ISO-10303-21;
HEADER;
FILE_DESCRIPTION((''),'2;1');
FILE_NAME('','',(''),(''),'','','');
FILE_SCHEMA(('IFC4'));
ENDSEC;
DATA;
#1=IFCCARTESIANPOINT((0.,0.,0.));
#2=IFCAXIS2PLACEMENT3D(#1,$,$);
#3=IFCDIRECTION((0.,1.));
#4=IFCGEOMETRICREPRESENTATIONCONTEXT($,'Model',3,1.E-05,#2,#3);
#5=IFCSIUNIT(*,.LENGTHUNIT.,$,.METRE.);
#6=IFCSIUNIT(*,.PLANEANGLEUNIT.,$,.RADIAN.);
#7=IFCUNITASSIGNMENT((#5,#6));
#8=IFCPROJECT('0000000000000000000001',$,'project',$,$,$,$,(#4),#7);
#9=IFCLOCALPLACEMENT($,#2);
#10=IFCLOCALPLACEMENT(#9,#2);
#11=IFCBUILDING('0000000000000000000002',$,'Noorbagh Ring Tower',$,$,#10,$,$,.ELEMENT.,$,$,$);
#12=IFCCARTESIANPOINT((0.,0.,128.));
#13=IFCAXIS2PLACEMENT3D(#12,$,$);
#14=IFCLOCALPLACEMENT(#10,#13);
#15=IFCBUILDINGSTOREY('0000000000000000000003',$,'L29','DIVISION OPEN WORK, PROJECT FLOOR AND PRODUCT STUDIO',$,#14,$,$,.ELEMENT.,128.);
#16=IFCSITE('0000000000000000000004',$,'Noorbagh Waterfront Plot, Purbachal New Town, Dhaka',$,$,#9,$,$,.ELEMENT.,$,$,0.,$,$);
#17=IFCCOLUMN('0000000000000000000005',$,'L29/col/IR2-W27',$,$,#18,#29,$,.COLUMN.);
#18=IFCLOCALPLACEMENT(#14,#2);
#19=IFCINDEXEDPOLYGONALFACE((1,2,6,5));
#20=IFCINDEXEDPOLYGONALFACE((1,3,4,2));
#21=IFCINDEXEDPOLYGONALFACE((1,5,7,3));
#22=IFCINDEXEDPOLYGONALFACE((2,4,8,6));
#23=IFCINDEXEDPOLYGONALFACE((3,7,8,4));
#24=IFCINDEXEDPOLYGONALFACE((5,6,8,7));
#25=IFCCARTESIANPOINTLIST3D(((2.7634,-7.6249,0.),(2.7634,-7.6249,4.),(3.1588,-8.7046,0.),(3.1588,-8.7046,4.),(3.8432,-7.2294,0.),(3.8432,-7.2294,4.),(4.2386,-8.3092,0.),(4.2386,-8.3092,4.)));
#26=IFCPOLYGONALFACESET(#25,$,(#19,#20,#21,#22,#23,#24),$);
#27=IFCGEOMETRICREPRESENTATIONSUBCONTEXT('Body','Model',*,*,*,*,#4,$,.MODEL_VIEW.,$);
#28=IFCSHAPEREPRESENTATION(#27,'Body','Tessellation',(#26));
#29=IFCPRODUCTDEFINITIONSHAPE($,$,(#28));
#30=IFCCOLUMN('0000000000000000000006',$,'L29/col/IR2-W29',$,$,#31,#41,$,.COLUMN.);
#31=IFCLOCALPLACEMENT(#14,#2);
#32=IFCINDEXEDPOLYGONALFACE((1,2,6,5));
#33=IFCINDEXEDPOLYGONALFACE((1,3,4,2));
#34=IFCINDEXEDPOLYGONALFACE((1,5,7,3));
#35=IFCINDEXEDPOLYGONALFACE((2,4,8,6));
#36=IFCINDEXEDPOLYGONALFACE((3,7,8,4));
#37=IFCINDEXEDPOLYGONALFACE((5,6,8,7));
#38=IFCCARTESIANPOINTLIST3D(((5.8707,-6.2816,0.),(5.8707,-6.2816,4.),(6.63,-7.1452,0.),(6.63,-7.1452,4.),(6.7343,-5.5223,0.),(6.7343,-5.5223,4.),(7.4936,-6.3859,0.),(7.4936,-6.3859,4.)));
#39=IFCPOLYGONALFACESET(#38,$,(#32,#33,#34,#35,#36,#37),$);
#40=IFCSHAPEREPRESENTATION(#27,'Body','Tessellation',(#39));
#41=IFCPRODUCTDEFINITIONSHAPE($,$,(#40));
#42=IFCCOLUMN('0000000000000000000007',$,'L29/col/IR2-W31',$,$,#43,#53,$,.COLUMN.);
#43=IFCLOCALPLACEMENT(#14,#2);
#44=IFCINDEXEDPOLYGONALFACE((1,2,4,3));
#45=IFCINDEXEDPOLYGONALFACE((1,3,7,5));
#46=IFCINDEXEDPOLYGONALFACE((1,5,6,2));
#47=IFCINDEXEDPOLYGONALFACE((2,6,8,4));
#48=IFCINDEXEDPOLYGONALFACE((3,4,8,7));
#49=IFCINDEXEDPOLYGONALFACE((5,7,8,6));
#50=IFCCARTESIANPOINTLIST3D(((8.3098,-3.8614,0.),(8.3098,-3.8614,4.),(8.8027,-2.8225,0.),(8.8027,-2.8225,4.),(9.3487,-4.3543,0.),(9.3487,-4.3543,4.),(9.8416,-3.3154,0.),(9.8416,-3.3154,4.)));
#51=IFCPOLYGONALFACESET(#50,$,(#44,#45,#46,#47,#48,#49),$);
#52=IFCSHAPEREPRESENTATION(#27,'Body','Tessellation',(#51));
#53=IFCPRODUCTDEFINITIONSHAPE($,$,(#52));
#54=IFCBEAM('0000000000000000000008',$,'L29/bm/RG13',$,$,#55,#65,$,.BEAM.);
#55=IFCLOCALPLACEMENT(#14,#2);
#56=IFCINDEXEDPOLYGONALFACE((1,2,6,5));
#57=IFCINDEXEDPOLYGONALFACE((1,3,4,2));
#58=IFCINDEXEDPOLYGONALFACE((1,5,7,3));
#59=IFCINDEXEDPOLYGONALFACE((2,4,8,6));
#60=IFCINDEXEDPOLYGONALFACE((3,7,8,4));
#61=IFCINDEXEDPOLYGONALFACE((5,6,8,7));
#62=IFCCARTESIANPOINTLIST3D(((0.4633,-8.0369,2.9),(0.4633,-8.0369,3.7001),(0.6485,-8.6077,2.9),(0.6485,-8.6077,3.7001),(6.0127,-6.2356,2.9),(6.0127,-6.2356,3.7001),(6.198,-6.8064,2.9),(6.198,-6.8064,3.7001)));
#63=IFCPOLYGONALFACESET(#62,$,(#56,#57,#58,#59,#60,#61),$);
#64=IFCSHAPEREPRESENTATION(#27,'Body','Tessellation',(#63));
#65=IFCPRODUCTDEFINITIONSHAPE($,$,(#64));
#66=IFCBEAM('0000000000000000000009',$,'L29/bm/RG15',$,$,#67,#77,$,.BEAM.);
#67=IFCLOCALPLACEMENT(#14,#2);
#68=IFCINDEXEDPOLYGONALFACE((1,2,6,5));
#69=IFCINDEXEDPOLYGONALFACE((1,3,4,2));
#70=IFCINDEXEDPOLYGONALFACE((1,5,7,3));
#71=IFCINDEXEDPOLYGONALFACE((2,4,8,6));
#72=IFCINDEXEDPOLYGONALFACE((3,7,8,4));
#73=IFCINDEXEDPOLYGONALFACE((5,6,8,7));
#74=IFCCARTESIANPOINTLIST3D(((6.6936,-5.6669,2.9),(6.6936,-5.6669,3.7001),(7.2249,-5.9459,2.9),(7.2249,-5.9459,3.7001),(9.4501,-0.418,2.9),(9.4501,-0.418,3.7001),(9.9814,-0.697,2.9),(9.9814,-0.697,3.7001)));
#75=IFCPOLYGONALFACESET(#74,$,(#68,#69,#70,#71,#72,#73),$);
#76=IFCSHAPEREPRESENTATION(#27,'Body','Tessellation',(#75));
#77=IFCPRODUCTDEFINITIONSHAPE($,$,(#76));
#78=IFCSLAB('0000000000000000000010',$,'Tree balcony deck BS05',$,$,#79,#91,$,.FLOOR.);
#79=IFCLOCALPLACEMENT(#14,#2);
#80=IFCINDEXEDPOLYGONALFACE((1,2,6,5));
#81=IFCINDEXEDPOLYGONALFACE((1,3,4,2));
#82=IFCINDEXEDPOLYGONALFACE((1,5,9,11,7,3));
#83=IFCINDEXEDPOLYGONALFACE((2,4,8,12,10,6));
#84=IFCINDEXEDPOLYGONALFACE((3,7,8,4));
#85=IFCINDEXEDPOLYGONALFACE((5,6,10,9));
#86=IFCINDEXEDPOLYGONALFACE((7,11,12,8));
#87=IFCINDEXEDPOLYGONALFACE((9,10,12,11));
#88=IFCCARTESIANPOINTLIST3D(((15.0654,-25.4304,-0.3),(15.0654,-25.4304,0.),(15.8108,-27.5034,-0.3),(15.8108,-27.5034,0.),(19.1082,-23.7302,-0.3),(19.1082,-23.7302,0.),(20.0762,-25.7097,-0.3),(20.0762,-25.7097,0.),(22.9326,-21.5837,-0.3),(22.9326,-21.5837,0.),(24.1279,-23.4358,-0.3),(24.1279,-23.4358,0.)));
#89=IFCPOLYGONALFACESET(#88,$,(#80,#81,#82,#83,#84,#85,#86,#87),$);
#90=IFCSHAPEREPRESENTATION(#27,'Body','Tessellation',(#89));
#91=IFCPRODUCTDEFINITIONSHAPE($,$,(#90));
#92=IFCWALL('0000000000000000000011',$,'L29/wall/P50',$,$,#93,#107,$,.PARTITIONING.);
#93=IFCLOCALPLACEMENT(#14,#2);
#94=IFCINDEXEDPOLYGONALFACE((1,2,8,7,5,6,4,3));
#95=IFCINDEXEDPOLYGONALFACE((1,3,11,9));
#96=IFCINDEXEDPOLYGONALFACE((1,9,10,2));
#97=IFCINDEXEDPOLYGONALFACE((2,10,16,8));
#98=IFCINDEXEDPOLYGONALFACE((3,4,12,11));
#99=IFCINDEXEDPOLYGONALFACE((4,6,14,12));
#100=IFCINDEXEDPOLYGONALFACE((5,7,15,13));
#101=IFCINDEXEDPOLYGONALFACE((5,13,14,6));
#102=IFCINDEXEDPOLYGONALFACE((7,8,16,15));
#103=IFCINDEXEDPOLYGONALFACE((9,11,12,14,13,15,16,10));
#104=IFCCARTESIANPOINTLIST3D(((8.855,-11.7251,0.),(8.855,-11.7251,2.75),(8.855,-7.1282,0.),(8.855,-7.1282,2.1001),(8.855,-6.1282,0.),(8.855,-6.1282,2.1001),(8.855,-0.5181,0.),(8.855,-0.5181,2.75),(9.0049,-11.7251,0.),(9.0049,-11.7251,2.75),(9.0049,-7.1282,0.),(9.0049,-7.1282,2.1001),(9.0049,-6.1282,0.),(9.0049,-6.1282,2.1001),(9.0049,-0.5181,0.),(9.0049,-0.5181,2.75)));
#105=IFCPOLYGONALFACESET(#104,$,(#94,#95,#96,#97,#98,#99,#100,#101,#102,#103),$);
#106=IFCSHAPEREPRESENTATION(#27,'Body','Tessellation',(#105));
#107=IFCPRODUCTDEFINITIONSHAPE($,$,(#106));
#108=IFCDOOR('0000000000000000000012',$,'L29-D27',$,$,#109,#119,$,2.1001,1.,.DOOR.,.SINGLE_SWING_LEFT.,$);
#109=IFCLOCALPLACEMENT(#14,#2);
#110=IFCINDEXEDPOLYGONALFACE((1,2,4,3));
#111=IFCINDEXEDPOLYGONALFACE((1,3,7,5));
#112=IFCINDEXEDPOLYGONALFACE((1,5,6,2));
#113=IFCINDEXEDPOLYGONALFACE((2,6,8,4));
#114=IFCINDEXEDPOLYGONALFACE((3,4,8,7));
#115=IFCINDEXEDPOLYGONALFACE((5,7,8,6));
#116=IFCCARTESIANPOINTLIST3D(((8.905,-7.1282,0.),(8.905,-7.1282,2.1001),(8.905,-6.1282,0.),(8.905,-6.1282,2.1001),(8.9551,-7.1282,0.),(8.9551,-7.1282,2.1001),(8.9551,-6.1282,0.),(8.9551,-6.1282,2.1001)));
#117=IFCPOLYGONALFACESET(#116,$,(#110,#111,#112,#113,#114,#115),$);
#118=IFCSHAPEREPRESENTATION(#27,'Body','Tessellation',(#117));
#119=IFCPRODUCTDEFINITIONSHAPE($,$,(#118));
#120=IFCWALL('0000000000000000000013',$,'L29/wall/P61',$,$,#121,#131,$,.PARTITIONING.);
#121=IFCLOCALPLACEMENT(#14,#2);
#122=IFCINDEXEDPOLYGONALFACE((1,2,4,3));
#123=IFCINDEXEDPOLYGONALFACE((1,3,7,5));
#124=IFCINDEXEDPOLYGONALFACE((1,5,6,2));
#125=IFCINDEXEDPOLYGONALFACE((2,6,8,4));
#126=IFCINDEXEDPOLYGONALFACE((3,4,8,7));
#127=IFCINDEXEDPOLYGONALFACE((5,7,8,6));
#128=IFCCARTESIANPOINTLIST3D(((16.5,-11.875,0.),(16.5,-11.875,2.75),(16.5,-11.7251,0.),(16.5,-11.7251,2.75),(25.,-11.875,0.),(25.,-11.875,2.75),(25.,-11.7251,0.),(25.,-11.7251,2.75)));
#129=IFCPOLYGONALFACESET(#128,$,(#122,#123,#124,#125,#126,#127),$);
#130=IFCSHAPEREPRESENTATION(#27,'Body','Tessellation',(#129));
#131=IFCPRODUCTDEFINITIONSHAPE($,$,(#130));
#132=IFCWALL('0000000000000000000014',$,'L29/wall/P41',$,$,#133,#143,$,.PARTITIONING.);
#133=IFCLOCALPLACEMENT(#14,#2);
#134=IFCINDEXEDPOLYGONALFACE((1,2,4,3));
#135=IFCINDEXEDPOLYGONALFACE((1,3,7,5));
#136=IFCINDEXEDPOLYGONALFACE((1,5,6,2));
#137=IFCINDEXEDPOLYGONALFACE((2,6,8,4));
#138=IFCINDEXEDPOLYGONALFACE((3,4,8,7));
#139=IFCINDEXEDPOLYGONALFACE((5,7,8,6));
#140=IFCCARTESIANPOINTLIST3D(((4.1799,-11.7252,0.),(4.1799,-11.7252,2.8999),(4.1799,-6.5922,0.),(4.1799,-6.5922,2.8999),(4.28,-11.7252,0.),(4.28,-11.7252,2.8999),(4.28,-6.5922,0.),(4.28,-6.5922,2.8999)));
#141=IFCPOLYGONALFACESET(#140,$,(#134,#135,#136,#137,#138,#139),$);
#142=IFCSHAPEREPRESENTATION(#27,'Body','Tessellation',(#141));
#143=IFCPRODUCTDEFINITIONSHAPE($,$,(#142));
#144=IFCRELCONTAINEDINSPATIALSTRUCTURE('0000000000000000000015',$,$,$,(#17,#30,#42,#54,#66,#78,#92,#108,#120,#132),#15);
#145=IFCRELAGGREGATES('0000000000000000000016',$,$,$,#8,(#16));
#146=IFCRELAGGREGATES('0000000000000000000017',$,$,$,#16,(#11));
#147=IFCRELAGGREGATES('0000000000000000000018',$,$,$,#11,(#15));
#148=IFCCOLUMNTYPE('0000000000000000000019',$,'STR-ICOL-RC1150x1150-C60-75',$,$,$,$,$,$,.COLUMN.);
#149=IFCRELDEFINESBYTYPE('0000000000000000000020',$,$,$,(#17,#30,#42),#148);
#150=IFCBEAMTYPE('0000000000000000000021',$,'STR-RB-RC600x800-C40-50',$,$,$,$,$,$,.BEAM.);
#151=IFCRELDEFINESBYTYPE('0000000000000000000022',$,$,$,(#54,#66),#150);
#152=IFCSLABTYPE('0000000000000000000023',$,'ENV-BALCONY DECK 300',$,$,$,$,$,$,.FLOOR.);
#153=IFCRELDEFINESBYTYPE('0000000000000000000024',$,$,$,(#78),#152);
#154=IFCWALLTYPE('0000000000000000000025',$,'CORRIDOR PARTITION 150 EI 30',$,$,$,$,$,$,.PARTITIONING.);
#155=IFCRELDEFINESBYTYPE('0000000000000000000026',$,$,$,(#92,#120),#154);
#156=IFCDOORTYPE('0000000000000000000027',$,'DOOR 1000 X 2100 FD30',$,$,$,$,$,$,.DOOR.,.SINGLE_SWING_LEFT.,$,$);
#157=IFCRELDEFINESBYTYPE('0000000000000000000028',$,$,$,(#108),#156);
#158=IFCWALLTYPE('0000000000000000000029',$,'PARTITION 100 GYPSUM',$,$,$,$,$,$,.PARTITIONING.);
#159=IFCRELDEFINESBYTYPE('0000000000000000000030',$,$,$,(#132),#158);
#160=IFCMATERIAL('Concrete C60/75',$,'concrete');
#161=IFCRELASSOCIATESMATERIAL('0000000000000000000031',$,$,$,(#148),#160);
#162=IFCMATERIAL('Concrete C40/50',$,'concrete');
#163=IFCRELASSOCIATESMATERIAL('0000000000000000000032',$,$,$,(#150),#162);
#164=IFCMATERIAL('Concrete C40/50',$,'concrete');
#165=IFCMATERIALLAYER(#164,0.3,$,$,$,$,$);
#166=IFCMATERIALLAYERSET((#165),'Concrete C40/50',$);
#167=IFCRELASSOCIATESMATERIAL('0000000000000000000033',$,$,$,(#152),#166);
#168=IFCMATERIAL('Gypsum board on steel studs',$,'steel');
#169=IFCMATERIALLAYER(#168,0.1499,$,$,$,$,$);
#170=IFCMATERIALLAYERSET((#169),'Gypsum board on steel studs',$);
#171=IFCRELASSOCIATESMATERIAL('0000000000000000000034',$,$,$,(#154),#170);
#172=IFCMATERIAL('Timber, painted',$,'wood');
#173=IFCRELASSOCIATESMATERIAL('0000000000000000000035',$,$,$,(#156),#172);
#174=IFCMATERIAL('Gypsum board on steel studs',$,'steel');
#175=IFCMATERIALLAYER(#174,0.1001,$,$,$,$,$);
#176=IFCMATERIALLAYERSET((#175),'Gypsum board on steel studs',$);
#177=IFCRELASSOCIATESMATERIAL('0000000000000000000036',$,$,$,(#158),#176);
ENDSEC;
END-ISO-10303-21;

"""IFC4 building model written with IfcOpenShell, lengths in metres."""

from ifc_helpers import new_model, si_unit, direction, frame, frame_2d, origin, origin_2d, place, context, subcontext, project, spatial, polyline, rectangle, outline, extrude, material, layer, layer_set, material_profile, profile_set, type_object, element, fill, save


model = new_model("IFC4")

# Units and contexts
model_context = context("Model", 3, precision=1e-05, world=origin(), true_north=direction((0.0, 1.0)))
body_context = subcontext(model_context, "Body", "Model", "MODEL_VIEW")
ifc_project = project(units=[si_unit("LENGTHUNIT", "METRE"), si_unit("PLANEANGLEUNIT", "RADIAN")], contexts=[model_context])

# Site, building, storey
site_placement = place(None, origin())
site = spatial("IfcSite", under=ifc_project, at=site_placement, Name="Noorbagh Waterfront Plot, Purbachal New Town, Dhaka", CompositionType="ELEMENT", RefElevation=0.0)
building_placement = place(site_placement, origin())
building = spatial("IfcBuilding", under=site, at=building_placement, Name="Noorbagh Ring Tower", CompositionType="ELEMENT")
storey_placement = place(building_placement, frame((0.0, 0.0, 128.0)))
storey = spatial("IfcBuildingStorey", under=building, at=storey_placement, Name="L29", Description="DIVISION OPEN WORK, PROJECT FLOOR AND PRODUCT STUDIO", CompositionType="ELEMENT", Elevation=128.0)

# Columns
ifc_material_1 = material(Name="Concrete C60/75", Category="concrete")
ifc_material_profile_1 = material_profile(ifc_material_1, rectangle(XDim=1.1499, YDim=1.1499, at=origin_2d()), Name="RC1150x1150")
ifc_profile_set_1 = profile_set([ifc_material_profile_1], Name="Concrete C60/75")
column_type = type_object("IfcColumnType", Name="STR-ICOL-RC1150x1150-C60-75", PredefinedType="COLUMN", material=ifc_profile_set_1)
for number, where, z_axis, x_axis, name in (
    (1, (3.501, -7.967, 0.0), (0.0, 0.0, 1.0), (0.93902, 0.343864, 0.0), "L29/col/IR2-W27"),
    (2, (6.6821, -6.3337, 0.0), (0.0, 0.0, 1.0), (0.751022, 0.660277, 0.0), "L29/col/IR2-W29"),
    (3, (9.0757, -3.5884, 0.0), (0.0, 0.0, 1.0), (0.428667, 0.903463, 0.0), "L29/col/IR2-W31"),
):
    element("IfcColumn", number, at=place(storey_placement, frame(where, z_axis=z_axis, x_axis=x_axis)), inside=storey, type_object=column_type, Name=name, PredefinedType="COLUMN", context=body_context, shape_type="SweptSolid", body=[
        extrude(rectangle(XDim=1.1499, YDim=1.1499, at=origin_2d()), origin(), (0.0, 0.0, 1.0), 4.0),
    ])

# Beams
ifc_material_2 = material(Name="Concrete C40/50", Category="concrete")
ifc_material_profile_2 = material_profile(ifc_material_2, rectangle(XDim=0.6001, YDim=0.8, at=origin_2d()), Name="RC600x800")
ifc_profile_set_2 = profile_set([ifc_material_profile_2], Name="Concrete C40/50")
beam_type = type_object("IfcBeamType", Name="STR-RB-RC600x800-C40-50", PredefinedType="BEAM", material=ifc_profile_set_2)
beam_1_placement = place(storey_placement, frame((0.5559, -8.3223, 3.3), z_axis=(0.951152, 0.308724, 0.0), x_axis=(-0.308724, 0.951152, 0.0)))
element("IfcBeam", 4, at=beam_1_placement, inside=storey, type_object=beam_type, Name="L29/bm/RG13", PredefinedType="BEAM", context=body_context, shape_type="SweptSolid", body=[
    extrude(rectangle(XDim=0.6001, YDim=0.8, at=origin_2d()), origin(), (0.0, 0.0, 1.0), 5.8345),
])
beam_2_placement = place(storey_placement, frame((6.9592, -5.8064, 3.3), z_axis=(0.464947, 0.885339, 0.0), x_axis=(-0.885339, 0.464947, 0.0)))
element("IfcBeam", 5, at=beam_2_placement, inside=storey, type_object=beam_type, Name="L29/bm/RG15", PredefinedType="BEAM", context=body_context, shape_type="SweptSolid", body=[
    extrude(rectangle(XDim=0.6001, YDim=0.8, at=origin_2d()), origin(), (0.0, 0.0, 1.0), 5.9287),
])

# Slab
ifc_material_3 = material(Name="Concrete C40/50", Category="concrete")
ifc_layer_1 = layer(ifc_material_3, 0.3)
ifc_layer_set_1 = layer_set([ifc_layer_1], Name="Concrete C40/50")
slab_type = type_object("IfcSlabType", Name="ENV-BALCONY DECK 300", PredefinedType="FLOOR", material=ifc_layer_set_1)
slab_placement = place(storey_placement, frame((0.0, 0.0, -0.3)))
element("IfcSlab", 6, at=slab_placement, inside=storey, type_object=slab_type, Name="Tree balcony deck BS05", PredefinedType="FLOOR", context=body_context, shape_type="SweptSolid", body=[
    extrude(outline(polyline([(15.8108, -27.5034), (20.0762, -25.7097), (24.1279, -23.4358), (22.9326, -21.5837), (19.1082, -23.7302), (15.0654, -25.4304), (15.8108, -27.5034)])), origin(), (0.0, 0.0, 1.0), 0.3),
])

# Wall, opening, door
ifc_material_4 = material(Name="Gypsum board on steel studs", Category="steel")
ifc_layer_2 = layer(ifc_material_4, 0.1499)
ifc_layer_set_2 = layer_set([ifc_layer_2], Name="Gypsum board on steel studs")
wall_type_1 = type_object("IfcWallType", Name="CORRIDOR PARTITION 150 EI 30", PredefinedType="PARTITIONING", material=ifc_layer_set_2)
wall_1_placement = place(storey_placement, frame((8.9299, -11.7251, 0.0), z_axis=(0.0, 0.0, 1.0), x_axis=(0.0, 1.0, 0.0)))
wall_1 = element("IfcWall", 7, at=wall_1_placement, inside=storey, type_object=wall_type_1, Name="L29/wall/P50", PredefinedType="PARTITIONING", context=body_context, shape_type="SweptSolid", body=[
    extrude(rectangle(XDim=11.207, YDim=0.1499, at=frame_2d((5.6035, 0.0))), origin(), (0.0, 0.0, 1.0), 2.75),
])
opening_placement = place(wall_1_placement, frame((4.5969, 0.0, 0.0)))
opening = element("IfcOpeningElement", 8, at=opening_placement, cuts=wall_1, PredefinedType="OPENING", context=body_context, shape_type="SweptSolid", body=[
    extrude(rectangle(XDim=1.0, YDim=2.1001, at=frame_2d((0.5, 1.05))), frame((0.0, 0.085, 0.0), z_axis=(0.0, -1.0, 0.0), x_axis=(1.0, 0.0, 0.0)), (0.0, 0.0, 1.0), 0.1699),
])
ifc_material_5 = material(Name="Timber, painted", Category="wood")
door_type = type_object("IfcDoorType", Name="DOOR 1000 X 2100 FD30", OperationType="SINGLE_SWING_LEFT", PredefinedType="DOOR", material=ifc_material_5)
door_placement = place(opening_placement, origin())
door = element("IfcDoor", 9, at=door_placement, inside=storey, type_object=door_type, Name="L29-D27", OperationType="SINGLE_SWING_LEFT", OverallHeight=2.1001, OverallWidth=1.0, PredefinedType="DOOR", context=body_context, shape_type="SweptSolid", body=[
    extrude(rectangle(XDim=1.0, YDim=2.1001, at=frame_2d((0.5, 1.05))), frame((0.0, 0.0249, 0.0), z_axis=(0.0, -1.0, 0.0), x_axis=(1.0, 0.0, 0.0)), (0.0, 0.0, 1.0), 0.05),
])
fill(opening, door)

# Walls
wall_2_placement = place(storey_placement, frame((16.5, -11.8, 0.0), z_axis=(0.0, 0.0, 1.0), x_axis=(1.0, 0.0, 0.0)))
element("IfcWall", 10, at=wall_2_placement, inside=storey, type_object=wall_type_1, Name="L29/wall/P61", PredefinedType="PARTITIONING", context=body_context, shape_type="SweptSolid", body=[
    extrude(rectangle(XDim=8.5, YDim=0.1499, at=frame_2d((4.25, 0.0))), origin(), (0.0, 0.0, 1.0), 2.75),
])
ifc_material_6 = material(Name="Gypsum board on steel studs", Category="steel")
ifc_layer_3 = layer(ifc_material_6, 0.1001)
ifc_layer_set_3 = layer_set([ifc_layer_3], Name="Gypsum board on steel studs")
wall_type_2 = type_object("IfcWallType", Name="PARTITION 100 GYPSUM", PredefinedType="PARTITIONING", material=ifc_layer_set_3)
wall_3_placement = place(storey_placement, frame((4.23, -11.7251, 0.0), z_axis=(0.0, 0.0, 1.0), x_axis=(0.0, 1.0, 0.0)))
element("IfcWall", 11, at=wall_3_placement, inside=storey, type_object=wall_type_2, Name="L29/wall/P41", PredefinedType="PARTITIONING", context=body_context, shape_type="SweptSolid", body=[
    extrude(rectangle(XDim=5.1331, YDim=0.1001, at=frame_2d((2.5664, 0.0))), origin(), (0.0, 0.0, 1.0), 2.8999),
])

save(model, "model.ifc")
